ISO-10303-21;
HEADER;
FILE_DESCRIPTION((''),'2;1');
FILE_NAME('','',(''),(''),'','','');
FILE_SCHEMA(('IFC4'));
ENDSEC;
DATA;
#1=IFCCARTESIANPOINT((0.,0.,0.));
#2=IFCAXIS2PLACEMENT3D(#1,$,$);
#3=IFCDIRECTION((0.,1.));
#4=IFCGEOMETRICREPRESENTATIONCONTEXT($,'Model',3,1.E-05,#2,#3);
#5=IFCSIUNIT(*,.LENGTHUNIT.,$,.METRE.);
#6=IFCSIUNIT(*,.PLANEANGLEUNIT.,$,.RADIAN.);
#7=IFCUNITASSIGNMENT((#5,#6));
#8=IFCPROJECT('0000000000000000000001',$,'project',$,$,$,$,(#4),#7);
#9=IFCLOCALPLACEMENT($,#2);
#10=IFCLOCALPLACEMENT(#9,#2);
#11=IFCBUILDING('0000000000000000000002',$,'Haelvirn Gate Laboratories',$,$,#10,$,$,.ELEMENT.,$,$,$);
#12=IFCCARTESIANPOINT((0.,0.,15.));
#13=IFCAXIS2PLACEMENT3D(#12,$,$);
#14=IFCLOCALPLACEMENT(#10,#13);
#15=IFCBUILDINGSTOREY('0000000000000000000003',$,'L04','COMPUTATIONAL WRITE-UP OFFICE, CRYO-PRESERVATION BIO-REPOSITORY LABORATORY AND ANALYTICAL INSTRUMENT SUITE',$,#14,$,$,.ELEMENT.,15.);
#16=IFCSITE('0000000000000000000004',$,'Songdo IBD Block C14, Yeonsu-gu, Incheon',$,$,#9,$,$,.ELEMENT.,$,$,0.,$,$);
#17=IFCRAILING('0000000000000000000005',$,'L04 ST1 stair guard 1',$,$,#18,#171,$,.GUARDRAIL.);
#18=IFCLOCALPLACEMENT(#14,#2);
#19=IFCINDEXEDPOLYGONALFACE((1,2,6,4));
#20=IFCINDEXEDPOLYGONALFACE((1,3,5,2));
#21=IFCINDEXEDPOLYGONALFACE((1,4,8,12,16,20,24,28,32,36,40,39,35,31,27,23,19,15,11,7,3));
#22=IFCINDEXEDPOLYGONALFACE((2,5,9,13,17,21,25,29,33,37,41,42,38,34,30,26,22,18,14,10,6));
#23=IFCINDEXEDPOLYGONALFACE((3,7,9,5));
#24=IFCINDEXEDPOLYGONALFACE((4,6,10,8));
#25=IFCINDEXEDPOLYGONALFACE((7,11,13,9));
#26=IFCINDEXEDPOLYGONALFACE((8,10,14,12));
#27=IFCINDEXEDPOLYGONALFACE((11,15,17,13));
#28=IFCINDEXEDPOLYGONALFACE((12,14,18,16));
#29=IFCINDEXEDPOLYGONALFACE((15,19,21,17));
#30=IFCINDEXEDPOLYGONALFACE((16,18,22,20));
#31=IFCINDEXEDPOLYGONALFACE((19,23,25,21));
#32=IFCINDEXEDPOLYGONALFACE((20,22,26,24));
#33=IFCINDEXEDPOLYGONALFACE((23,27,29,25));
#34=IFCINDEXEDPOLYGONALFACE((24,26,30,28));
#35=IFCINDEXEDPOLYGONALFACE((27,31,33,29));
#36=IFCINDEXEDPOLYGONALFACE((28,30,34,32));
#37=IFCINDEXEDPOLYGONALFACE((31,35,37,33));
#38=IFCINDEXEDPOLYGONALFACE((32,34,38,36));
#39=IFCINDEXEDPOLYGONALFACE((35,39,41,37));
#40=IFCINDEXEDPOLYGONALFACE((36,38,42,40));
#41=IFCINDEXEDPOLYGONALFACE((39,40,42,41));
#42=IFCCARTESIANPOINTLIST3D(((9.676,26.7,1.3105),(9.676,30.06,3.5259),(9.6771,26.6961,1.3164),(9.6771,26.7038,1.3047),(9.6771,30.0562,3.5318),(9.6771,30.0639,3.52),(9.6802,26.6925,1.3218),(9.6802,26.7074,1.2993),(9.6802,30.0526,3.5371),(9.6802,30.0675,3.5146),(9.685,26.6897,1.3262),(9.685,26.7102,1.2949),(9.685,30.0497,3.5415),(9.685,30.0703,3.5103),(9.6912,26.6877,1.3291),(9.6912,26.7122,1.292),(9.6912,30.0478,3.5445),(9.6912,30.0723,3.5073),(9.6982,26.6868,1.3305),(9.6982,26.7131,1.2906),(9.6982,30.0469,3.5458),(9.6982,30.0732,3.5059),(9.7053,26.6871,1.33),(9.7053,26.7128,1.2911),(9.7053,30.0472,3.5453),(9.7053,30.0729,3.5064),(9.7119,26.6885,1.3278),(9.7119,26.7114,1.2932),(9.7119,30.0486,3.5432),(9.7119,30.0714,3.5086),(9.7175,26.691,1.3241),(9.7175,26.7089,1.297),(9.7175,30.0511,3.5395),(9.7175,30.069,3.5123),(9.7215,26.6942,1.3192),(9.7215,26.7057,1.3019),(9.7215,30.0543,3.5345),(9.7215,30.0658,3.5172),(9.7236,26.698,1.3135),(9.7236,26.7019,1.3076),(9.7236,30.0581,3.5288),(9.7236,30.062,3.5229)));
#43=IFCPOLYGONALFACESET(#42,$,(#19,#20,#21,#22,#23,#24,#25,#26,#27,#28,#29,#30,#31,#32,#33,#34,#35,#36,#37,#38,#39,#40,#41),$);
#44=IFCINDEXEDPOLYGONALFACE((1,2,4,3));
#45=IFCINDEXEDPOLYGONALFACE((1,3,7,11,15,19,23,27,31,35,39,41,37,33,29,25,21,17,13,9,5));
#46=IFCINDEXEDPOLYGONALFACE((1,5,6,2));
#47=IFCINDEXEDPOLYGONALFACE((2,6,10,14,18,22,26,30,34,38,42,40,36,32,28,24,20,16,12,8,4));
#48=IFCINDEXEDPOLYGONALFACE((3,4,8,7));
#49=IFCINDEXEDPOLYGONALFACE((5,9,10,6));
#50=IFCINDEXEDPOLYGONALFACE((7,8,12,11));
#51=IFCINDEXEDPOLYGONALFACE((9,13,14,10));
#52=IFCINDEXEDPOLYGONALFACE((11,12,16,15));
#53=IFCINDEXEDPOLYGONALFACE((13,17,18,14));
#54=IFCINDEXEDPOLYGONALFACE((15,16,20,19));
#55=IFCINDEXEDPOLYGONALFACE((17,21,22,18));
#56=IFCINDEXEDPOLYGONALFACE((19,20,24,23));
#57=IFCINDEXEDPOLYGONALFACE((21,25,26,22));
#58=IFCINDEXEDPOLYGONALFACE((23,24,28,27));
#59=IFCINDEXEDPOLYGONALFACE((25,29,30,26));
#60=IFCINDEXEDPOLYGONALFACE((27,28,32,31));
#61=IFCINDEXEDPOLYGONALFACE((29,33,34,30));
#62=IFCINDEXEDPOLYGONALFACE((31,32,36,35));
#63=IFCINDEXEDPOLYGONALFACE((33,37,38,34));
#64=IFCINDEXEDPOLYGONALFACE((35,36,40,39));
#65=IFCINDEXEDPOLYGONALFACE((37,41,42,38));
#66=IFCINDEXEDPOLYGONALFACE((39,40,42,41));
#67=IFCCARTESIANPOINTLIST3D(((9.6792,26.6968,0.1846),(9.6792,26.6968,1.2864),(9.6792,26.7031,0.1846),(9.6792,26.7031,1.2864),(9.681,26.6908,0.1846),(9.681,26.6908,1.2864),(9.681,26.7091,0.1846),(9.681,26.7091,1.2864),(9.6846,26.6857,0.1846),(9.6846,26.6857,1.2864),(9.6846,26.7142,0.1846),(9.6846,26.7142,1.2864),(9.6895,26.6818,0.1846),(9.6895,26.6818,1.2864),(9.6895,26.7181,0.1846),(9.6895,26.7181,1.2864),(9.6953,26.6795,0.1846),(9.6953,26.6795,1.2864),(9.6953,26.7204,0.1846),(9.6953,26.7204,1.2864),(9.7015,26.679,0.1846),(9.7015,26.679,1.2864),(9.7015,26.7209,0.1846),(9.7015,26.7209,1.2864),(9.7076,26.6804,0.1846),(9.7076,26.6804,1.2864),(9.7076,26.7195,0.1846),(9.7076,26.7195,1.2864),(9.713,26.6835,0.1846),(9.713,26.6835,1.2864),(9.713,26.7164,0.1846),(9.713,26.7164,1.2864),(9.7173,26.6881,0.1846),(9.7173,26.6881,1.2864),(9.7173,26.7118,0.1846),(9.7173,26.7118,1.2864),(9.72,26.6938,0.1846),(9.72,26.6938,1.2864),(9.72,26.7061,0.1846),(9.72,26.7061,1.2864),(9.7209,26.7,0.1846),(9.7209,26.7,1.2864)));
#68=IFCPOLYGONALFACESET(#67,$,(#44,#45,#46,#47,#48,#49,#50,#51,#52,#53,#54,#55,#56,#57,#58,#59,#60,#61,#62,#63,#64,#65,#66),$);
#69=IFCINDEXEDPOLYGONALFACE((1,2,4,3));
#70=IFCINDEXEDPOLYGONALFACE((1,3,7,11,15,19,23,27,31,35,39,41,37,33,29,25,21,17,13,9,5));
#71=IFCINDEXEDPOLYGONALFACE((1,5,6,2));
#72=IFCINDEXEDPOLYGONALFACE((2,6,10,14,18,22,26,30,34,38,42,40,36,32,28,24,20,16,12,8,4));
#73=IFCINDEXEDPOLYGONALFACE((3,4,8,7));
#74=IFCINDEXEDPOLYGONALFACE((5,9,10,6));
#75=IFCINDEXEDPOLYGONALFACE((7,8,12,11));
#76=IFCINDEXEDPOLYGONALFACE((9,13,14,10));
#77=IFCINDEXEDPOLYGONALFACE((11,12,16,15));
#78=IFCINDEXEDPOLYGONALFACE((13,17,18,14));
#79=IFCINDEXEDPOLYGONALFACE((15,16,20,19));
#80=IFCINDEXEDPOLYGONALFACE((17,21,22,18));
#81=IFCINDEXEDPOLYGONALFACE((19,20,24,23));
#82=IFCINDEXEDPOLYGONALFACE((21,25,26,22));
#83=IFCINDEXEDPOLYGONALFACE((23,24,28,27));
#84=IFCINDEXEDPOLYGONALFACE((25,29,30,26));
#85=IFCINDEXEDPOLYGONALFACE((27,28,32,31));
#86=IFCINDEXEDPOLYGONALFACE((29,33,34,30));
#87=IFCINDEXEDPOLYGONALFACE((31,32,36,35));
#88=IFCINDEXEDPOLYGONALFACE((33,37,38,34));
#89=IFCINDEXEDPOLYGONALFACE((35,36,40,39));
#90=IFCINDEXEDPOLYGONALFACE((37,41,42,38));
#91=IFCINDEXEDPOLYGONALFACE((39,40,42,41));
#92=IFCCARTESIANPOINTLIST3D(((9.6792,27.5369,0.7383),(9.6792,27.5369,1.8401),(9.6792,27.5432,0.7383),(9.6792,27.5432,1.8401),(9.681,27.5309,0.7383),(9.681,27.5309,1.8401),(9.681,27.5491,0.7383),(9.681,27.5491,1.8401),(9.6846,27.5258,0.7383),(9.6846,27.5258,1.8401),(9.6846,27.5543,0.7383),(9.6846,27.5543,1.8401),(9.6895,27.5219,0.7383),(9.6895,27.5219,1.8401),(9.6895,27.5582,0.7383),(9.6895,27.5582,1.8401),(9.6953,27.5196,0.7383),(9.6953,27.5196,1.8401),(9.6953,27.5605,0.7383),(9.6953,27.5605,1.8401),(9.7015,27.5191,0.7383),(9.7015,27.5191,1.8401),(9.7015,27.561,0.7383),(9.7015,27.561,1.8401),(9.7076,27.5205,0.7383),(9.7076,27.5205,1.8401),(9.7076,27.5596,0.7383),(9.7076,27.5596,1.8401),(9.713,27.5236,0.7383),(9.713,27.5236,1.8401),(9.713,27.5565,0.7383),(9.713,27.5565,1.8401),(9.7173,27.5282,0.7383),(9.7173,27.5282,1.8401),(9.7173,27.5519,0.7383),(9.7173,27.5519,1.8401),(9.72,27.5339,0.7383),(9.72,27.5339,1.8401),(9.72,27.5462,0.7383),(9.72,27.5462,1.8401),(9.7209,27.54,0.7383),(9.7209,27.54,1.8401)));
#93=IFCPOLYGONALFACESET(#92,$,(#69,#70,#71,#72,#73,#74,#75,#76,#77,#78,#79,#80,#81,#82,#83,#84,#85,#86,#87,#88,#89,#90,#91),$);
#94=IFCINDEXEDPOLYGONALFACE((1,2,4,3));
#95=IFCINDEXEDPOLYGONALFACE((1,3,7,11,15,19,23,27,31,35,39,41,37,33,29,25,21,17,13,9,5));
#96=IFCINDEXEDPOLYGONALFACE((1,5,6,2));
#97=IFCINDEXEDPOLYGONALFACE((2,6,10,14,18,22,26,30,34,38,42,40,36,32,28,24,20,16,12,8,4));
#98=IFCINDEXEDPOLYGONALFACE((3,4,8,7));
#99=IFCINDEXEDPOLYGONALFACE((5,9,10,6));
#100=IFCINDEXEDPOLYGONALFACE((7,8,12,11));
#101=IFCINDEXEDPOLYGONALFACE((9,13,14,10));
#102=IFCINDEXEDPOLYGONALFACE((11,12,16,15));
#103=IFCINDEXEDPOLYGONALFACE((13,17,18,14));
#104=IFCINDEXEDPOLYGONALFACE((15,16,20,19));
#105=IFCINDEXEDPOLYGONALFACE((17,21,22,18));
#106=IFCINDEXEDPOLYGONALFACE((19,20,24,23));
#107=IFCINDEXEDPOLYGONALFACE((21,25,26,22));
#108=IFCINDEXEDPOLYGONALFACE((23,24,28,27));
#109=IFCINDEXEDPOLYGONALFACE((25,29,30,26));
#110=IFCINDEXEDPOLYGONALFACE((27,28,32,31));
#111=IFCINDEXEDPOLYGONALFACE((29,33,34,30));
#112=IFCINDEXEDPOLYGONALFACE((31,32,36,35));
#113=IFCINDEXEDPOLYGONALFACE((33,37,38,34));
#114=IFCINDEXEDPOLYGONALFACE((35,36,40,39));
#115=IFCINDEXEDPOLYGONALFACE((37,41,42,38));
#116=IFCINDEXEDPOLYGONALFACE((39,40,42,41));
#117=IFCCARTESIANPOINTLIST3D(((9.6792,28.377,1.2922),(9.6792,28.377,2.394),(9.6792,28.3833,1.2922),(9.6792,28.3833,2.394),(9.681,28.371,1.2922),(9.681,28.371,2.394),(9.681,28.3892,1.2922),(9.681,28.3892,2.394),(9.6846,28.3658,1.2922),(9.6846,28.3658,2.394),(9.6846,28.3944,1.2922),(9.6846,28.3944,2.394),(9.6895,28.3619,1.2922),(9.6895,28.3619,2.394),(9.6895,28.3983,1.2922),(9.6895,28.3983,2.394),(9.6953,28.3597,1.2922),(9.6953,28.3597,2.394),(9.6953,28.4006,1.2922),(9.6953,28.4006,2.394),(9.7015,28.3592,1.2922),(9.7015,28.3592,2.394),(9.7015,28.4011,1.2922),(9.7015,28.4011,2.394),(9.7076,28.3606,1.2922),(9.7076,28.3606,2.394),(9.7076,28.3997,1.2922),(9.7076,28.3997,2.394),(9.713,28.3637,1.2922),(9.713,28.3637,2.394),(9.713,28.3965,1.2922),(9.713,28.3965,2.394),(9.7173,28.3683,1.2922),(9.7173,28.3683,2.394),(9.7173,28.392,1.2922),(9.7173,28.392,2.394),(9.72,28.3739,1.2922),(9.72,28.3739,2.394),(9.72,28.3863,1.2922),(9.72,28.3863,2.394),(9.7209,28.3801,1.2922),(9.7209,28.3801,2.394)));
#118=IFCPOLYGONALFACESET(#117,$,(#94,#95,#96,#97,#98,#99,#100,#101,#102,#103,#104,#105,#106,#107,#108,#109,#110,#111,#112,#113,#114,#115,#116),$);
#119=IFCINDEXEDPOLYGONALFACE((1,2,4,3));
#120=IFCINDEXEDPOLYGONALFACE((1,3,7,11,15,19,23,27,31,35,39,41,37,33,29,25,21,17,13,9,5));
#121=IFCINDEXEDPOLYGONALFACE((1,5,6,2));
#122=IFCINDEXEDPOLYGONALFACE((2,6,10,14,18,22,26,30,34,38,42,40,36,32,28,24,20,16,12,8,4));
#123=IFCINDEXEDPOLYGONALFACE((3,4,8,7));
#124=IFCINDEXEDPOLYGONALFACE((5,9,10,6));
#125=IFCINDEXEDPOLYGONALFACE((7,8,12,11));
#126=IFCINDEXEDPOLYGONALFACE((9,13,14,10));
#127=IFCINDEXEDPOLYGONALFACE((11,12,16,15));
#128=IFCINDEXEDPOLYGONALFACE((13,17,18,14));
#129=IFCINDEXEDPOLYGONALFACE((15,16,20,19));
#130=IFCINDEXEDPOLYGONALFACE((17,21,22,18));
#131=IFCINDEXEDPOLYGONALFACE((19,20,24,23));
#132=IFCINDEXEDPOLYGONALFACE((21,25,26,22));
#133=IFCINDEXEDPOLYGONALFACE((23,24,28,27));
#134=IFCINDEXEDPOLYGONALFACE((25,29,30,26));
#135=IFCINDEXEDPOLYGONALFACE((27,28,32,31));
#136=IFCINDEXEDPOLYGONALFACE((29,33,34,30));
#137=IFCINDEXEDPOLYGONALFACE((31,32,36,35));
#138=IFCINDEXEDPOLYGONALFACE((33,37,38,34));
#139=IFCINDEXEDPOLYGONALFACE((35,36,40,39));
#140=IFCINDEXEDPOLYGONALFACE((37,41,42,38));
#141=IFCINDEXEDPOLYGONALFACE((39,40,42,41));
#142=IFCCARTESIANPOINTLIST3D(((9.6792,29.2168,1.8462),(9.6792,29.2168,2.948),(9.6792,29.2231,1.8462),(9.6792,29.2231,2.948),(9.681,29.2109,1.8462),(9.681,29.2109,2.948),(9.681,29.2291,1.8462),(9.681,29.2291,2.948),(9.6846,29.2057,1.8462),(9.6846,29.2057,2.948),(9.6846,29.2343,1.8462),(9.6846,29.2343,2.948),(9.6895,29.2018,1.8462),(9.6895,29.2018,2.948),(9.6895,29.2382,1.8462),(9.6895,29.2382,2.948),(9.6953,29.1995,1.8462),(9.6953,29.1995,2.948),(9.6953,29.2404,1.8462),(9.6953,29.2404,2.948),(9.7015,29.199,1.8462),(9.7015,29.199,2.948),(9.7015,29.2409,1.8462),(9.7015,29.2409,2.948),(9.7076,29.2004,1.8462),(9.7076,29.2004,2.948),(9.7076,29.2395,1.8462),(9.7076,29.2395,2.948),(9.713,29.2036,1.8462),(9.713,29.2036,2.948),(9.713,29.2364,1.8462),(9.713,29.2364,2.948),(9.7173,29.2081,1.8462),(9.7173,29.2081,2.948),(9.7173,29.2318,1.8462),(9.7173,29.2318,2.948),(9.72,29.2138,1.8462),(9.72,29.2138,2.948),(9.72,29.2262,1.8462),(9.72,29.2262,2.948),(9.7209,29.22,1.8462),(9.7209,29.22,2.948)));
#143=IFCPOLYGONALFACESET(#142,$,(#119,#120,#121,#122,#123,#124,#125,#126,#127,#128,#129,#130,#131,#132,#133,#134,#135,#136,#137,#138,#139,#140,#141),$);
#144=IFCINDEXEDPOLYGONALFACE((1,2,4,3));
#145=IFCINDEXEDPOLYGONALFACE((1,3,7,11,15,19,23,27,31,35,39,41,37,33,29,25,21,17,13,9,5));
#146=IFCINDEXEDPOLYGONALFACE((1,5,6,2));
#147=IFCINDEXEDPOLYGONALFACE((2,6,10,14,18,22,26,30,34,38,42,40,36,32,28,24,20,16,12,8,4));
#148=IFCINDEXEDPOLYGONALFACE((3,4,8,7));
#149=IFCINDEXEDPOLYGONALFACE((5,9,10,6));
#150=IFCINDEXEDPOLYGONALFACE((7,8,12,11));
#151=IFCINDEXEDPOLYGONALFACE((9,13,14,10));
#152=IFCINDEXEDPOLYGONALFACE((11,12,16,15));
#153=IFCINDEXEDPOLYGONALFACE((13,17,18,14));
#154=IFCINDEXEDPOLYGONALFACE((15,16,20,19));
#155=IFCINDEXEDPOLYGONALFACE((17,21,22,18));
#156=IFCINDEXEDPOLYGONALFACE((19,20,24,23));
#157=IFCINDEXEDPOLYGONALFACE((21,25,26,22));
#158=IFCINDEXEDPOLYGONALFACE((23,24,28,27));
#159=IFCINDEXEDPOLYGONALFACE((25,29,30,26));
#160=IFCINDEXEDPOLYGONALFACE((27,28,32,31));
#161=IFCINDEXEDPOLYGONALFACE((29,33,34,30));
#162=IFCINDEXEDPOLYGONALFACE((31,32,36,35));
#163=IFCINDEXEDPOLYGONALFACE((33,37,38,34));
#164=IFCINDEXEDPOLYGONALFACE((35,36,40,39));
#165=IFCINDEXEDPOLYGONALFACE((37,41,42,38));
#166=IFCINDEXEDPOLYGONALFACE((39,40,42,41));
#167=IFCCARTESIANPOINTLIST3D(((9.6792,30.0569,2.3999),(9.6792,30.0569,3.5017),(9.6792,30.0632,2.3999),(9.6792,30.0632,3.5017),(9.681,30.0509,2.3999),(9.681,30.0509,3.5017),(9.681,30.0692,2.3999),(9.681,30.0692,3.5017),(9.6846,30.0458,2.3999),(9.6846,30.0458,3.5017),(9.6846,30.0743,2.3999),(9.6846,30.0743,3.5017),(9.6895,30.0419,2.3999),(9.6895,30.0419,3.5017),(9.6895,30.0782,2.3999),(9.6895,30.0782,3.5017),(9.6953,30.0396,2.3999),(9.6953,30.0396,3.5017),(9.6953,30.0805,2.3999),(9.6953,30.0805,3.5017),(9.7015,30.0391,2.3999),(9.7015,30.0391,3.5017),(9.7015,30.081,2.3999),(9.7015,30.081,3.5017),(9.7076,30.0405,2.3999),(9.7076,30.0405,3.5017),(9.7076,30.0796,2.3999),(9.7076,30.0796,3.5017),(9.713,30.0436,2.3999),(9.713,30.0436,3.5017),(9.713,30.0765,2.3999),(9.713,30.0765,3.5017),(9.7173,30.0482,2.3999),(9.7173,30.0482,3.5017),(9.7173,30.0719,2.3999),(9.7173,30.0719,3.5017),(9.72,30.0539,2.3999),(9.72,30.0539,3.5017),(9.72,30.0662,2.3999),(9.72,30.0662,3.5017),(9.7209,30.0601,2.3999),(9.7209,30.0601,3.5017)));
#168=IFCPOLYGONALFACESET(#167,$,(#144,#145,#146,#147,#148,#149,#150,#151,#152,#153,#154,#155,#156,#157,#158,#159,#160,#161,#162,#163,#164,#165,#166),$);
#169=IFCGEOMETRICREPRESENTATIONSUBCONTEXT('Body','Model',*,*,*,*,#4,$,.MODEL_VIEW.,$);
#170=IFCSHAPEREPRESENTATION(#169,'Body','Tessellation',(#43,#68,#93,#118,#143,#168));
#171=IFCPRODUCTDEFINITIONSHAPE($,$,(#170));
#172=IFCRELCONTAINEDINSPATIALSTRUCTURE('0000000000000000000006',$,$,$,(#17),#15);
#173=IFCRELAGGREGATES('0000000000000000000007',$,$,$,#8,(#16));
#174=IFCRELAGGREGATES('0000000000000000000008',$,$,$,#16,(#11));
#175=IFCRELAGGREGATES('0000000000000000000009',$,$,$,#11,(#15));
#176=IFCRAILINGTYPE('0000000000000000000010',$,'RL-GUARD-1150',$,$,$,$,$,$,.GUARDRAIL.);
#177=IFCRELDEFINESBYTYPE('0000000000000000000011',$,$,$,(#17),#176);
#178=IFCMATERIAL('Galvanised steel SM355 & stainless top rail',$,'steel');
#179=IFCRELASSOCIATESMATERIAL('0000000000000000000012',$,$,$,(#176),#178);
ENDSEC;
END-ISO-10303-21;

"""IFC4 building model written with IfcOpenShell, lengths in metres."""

from ifc_helpers import new_model, si_unit, direction, frame, origin, origin_2d, place, context, subcontext, project, spatial, circle, extrude, source, transform, mapped, material, type_object, element, save


model = new_model("IFC4")

# Units and contexts
model_context = context("Model", 3, precision=1e-05, world=origin(), true_north=direction((0.0, 1.0)))
body_context = subcontext(model_context, "Body", "Model", "MODEL_VIEW")
ifc_project = project(units=[si_unit("LENGTHUNIT", "METRE"), si_unit("PLANEANGLEUNIT", "RADIAN")], contexts=[model_context])

# Site, building, storey
site_placement = place(None, origin())
site = spatial("IfcSite", under=ifc_project, at=site_placement, Name="Songdo IBD Block C14, Yeonsu-gu, Incheon", CompositionType="ELEMENT", RefElevation=0.0)
building_placement = place(site_placement, origin())
building = spatial("IfcBuilding", under=site, at=building_placement, Name="Haelvirn Gate Laboratories", CompositionType="ELEMENT")
storey_placement = place(building_placement, frame((0.0, 0.0, 15.0)))
storey = spatial("IfcBuildingStorey", under=building, at=storey_placement, Name="L04", Description="COMPUTATIONAL WRITE-UP OFFICE, CRYO-PRESERVATION BIO-REPOSITORY LABORATORY AND ANALYTICAL INSTRUMENT SUITE", CompositionType="ELEMENT", Elevation=15.0)

# Railing
ifc_material_1 = material(Name="Galvanised steel SM355 & stainless top rail", Category="steel")
railing_type_1 = type_object("IfcRailingType", Name="RL-GUARD-1150", PredefinedType="GUARDRAIL", material=ifc_material_1)
shared_shape_1 = source(origin(), body_context, "Body", "SweptSolid", [
    extrude(circle(Radius=0.0239, at=origin_2d()), frame((0.0, 0.0, 1.126), z_axis=(0.0, 0.834876, 0.550437), x_axis=(-1.0, 0.0, 0.0)), (0.0, 0.0, 1.0), 4.0247),
    extrude(circle(Radius=0.021, at=origin_2d()), origin(), (0.0, 0.0, 1.0), 1.1018),
    extrude(circle(Radius=0.021, at=origin_2d()), frame((0.0, 0.8401, 0.5537)), (0.0, 0.0, 1.0), 1.1018),
    extrude(circle(Radius=0.021, at=origin_2d()), frame((0.0, 1.6802, 1.1077)), (0.0, 0.0, 1.0), 1.1018),
    extrude(circle(Radius=0.021, at=origin_2d()), frame((0.0, 2.52, 1.6616)), (0.0, 0.0, 1.0), 1.1018),
    extrude(circle(Radius=0.021, at=origin_2d()), frame((0.0, 3.3601, 2.2153)), (0.0, 0.0, 1.0), 1.1018),
])
railing_1_placement = place(storey_placement, frame((9.7, 26.7, 0.1846)))
element("IfcRailing", 1, at=railing_1_placement, inside=storey, type_object=railing_type_1, Name="L04 ST1 stair guard 1", PredefinedType="GUARDRAIL", context=body_context, shape_type="MappedRepresentation", body=[
    mapped(shared_shape_1, transform((0.0, 0.0, 0.0), scale=1.0)),
])

save(model, "model.ifc")
